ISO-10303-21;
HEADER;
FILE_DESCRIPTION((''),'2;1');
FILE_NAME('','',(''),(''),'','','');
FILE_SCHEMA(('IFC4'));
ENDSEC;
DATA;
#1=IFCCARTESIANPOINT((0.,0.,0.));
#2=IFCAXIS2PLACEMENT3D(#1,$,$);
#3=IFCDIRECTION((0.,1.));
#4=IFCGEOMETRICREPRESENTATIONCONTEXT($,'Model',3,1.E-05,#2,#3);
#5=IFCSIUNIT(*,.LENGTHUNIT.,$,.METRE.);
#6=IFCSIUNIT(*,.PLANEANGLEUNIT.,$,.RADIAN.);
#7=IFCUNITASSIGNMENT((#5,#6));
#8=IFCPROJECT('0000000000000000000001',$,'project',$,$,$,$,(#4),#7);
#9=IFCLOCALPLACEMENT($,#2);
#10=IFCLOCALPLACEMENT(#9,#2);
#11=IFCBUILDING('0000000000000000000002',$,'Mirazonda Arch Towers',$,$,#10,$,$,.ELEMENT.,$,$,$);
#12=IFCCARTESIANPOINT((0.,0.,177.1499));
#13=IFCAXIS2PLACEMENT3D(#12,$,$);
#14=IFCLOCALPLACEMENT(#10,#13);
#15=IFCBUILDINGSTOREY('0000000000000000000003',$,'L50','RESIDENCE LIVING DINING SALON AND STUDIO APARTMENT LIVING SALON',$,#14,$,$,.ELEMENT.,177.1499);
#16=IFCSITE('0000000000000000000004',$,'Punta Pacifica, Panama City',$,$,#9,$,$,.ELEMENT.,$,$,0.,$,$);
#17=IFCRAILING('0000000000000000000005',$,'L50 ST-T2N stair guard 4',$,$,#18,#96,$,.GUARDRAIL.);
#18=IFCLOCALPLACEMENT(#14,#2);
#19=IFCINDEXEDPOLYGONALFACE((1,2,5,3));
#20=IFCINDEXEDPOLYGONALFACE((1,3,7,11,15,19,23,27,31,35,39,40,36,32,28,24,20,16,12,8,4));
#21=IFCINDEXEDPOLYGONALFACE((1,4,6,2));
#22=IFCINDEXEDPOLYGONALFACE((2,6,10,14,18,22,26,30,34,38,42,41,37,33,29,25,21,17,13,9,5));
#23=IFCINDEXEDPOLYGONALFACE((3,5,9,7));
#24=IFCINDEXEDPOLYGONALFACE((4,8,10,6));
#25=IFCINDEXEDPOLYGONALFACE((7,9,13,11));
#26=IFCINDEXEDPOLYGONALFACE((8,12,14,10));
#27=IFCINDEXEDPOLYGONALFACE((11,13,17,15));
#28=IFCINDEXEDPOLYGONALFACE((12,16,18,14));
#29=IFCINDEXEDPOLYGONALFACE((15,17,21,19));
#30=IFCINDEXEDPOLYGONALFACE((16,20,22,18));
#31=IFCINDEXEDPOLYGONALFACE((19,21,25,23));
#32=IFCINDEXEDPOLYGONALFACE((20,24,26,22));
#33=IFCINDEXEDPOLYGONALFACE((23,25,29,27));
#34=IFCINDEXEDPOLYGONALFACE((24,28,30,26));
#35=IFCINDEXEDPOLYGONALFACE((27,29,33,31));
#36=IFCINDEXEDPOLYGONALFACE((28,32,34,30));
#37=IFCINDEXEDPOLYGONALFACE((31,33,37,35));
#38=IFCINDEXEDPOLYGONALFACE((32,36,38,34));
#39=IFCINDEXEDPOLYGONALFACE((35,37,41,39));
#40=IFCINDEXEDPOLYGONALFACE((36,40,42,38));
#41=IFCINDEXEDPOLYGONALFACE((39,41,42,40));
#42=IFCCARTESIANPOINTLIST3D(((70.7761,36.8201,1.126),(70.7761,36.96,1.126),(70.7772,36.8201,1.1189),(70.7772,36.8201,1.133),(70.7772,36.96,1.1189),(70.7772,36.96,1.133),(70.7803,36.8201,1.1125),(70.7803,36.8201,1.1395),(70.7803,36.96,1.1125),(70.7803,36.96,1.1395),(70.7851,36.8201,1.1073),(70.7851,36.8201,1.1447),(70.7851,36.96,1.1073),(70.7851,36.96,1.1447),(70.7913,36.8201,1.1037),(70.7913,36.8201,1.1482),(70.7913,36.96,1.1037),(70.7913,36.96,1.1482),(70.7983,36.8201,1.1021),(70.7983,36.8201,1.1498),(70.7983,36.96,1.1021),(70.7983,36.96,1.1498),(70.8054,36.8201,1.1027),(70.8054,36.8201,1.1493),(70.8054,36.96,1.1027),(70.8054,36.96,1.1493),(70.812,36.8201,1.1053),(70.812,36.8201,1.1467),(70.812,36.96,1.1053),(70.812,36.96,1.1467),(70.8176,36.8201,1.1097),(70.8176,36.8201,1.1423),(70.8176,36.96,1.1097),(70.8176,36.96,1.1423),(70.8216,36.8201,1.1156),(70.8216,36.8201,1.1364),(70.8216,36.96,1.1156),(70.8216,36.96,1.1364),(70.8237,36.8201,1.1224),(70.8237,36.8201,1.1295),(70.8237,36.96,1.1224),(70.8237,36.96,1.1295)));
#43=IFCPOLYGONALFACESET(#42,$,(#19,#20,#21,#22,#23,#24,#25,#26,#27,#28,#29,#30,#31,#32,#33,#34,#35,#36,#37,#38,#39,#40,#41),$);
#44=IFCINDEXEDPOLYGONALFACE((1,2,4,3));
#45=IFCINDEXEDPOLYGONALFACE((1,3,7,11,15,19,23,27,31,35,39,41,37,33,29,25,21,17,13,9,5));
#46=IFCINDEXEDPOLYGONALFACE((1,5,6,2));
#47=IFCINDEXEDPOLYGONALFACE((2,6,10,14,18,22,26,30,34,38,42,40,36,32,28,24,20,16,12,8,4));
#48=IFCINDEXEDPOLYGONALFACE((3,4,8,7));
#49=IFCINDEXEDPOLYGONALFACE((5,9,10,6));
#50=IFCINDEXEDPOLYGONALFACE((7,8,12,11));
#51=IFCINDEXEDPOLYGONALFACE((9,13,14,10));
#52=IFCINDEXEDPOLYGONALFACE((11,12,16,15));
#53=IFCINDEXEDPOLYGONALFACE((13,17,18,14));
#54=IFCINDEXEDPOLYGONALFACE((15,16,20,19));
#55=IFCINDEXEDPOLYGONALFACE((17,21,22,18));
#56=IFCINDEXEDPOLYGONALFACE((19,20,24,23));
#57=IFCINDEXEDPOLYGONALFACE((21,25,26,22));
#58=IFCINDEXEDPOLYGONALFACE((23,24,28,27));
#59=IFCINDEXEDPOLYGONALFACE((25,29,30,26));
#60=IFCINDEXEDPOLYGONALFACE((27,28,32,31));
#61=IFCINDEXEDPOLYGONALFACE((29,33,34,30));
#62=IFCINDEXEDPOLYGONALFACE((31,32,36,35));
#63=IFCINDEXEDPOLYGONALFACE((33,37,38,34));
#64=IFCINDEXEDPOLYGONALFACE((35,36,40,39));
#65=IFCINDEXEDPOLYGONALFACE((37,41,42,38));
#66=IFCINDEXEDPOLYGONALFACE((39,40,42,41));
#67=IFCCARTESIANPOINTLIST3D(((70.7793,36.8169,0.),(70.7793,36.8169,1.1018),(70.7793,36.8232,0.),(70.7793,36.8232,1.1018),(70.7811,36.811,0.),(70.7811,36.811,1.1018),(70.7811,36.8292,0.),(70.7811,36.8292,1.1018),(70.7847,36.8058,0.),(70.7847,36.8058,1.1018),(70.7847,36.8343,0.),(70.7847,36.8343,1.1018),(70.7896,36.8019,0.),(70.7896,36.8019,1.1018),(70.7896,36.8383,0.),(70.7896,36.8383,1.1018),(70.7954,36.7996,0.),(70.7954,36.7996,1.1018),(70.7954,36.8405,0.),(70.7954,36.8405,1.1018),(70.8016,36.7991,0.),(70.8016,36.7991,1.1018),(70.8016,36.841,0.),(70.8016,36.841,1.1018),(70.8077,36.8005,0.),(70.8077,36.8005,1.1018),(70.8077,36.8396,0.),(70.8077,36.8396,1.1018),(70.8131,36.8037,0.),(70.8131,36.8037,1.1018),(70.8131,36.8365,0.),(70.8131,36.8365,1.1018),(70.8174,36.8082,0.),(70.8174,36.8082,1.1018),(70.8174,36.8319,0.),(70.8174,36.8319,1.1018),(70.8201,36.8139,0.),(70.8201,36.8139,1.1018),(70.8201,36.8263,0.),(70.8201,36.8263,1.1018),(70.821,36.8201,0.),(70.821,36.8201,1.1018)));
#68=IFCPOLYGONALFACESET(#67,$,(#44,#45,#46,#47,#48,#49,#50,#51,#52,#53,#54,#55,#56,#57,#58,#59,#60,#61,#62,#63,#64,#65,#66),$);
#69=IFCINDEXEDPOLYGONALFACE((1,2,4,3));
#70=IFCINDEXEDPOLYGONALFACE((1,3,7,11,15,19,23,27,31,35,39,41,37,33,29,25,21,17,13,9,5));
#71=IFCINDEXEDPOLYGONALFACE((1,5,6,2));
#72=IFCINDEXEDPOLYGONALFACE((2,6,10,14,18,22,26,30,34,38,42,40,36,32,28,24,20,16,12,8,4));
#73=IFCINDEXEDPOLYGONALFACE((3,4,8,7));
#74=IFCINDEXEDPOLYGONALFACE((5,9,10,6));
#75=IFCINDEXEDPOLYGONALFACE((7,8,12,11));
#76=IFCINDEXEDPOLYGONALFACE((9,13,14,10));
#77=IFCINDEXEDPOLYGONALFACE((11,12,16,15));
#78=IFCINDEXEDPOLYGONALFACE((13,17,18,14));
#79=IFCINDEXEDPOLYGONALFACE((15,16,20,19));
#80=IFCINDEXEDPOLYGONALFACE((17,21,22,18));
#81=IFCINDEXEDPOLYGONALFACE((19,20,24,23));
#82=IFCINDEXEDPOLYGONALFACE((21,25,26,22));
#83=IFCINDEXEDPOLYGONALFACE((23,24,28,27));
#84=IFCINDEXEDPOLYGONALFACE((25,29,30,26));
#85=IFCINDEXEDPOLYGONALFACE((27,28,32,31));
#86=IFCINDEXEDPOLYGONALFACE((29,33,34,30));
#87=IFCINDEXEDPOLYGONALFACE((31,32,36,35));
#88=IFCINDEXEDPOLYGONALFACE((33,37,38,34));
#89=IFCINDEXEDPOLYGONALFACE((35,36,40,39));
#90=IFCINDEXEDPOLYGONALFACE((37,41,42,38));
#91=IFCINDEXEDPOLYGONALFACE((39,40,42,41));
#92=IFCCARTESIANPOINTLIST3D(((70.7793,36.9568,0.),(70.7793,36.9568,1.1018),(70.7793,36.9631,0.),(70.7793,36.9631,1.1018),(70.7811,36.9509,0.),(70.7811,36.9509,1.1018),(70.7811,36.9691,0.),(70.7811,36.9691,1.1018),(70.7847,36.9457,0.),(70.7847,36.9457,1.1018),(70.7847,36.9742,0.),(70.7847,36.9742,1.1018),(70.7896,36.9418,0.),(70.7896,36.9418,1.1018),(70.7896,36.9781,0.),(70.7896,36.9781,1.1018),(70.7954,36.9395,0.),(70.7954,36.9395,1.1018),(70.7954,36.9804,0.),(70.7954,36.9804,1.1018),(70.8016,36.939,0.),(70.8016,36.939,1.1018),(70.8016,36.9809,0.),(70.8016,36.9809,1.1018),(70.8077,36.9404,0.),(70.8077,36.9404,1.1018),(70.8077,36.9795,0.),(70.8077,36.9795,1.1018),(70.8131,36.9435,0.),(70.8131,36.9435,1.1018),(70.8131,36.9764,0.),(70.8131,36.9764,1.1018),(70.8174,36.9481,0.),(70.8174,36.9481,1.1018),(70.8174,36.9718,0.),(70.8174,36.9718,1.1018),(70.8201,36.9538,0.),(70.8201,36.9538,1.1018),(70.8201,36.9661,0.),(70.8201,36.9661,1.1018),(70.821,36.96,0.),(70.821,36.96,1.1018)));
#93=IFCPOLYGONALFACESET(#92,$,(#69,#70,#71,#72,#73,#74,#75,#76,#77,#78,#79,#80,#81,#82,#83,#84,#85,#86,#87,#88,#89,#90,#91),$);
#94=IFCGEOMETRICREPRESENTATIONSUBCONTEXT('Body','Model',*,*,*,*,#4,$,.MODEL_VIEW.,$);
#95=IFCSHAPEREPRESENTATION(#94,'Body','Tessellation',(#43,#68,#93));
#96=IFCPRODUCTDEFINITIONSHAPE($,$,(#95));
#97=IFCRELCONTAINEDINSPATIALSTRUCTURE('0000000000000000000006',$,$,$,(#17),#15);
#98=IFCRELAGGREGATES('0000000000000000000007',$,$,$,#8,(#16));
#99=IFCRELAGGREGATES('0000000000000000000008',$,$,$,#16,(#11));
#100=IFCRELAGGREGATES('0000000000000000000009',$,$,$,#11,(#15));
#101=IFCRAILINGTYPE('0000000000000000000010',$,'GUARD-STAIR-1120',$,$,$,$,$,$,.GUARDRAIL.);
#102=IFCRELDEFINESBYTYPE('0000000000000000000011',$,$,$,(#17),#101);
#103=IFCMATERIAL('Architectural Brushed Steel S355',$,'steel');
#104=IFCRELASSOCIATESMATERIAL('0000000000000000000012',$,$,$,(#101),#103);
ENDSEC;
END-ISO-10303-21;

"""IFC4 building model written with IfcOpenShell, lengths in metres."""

from ifc_helpers import new_model, si_unit, direction, frame, origin, origin_2d, place, context, subcontext, project, spatial, circle, extrude, material, type_object, element, save


model = new_model("IFC4")

# Units and contexts
model_context = context("Model", 3, precision=1e-05, world=origin(), true_north=direction((0.0, 1.0)))
body_context = subcontext(model_context, "Body", "Model", "MODEL_VIEW")
ifc_project = project(units=[si_unit("LENGTHUNIT", "METRE"), si_unit("PLANEANGLEUNIT", "RADIAN")], contexts=[model_context])

# Site, building, storey
site_placement = place(None, origin())
site = spatial("IfcSite", under=ifc_project, at=site_placement, Name="Punta Pacifica, Panama City", CompositionType="ELEMENT", RefElevation=0.0)
building_placement = place(site_placement, origin())
building = spatial("IfcBuilding", under=site, at=building_placement, Name="Mirazonda Arch Towers", CompositionType="ELEMENT")
storey_placement = place(building_placement, frame((0.0, 0.0, 177.1499)))
storey = spatial("IfcBuildingStorey", under=building, at=storey_placement, Name="L50", Description="RESIDENCE LIVING DINING SALON AND STUDIO APARTMENT LIVING SALON", CompositionType="ELEMENT", Elevation=177.1499)

# Railing
ifc_material_1 = material(Name="Architectural Brushed Steel S355", Category="steel")
railing_type = type_object("IfcRailingType", Name="GUARD-STAIR-1120", PredefinedType="GUARDRAIL", material=ifc_material_1)
railing_1_placement = place(storey_placement, frame((70.8, 36.8201, 0.0)))
element("IfcRailing", 1, at=railing_1_placement, inside=storey, type_object=railing_type, Name="L50 ST-T2N stair guard 4", PredefinedType="GUARDRAIL", context=body_context, shape_type="SweptSolid", body=[
    extrude(circle(Radius=0.0239, at=origin_2d()), frame((0.0, 0.0, 1.126), z_axis=(0.0, 1.0, 0.0), x_axis=(-1.0, 0.0, 0.0)), (0.0, 0.0, 1.0), 0.1399),
    extrude(circle(Radius=0.021, at=origin_2d()), origin(), (0.0, 0.0, 1.0), 1.1018),
    extrude(circle(Radius=0.021, at=origin_2d()), frame((0.0, 0.1399, 0.0)), (0.0, 0.0, 1.0), 1.1018),
])

save(model, "model.ifc")
